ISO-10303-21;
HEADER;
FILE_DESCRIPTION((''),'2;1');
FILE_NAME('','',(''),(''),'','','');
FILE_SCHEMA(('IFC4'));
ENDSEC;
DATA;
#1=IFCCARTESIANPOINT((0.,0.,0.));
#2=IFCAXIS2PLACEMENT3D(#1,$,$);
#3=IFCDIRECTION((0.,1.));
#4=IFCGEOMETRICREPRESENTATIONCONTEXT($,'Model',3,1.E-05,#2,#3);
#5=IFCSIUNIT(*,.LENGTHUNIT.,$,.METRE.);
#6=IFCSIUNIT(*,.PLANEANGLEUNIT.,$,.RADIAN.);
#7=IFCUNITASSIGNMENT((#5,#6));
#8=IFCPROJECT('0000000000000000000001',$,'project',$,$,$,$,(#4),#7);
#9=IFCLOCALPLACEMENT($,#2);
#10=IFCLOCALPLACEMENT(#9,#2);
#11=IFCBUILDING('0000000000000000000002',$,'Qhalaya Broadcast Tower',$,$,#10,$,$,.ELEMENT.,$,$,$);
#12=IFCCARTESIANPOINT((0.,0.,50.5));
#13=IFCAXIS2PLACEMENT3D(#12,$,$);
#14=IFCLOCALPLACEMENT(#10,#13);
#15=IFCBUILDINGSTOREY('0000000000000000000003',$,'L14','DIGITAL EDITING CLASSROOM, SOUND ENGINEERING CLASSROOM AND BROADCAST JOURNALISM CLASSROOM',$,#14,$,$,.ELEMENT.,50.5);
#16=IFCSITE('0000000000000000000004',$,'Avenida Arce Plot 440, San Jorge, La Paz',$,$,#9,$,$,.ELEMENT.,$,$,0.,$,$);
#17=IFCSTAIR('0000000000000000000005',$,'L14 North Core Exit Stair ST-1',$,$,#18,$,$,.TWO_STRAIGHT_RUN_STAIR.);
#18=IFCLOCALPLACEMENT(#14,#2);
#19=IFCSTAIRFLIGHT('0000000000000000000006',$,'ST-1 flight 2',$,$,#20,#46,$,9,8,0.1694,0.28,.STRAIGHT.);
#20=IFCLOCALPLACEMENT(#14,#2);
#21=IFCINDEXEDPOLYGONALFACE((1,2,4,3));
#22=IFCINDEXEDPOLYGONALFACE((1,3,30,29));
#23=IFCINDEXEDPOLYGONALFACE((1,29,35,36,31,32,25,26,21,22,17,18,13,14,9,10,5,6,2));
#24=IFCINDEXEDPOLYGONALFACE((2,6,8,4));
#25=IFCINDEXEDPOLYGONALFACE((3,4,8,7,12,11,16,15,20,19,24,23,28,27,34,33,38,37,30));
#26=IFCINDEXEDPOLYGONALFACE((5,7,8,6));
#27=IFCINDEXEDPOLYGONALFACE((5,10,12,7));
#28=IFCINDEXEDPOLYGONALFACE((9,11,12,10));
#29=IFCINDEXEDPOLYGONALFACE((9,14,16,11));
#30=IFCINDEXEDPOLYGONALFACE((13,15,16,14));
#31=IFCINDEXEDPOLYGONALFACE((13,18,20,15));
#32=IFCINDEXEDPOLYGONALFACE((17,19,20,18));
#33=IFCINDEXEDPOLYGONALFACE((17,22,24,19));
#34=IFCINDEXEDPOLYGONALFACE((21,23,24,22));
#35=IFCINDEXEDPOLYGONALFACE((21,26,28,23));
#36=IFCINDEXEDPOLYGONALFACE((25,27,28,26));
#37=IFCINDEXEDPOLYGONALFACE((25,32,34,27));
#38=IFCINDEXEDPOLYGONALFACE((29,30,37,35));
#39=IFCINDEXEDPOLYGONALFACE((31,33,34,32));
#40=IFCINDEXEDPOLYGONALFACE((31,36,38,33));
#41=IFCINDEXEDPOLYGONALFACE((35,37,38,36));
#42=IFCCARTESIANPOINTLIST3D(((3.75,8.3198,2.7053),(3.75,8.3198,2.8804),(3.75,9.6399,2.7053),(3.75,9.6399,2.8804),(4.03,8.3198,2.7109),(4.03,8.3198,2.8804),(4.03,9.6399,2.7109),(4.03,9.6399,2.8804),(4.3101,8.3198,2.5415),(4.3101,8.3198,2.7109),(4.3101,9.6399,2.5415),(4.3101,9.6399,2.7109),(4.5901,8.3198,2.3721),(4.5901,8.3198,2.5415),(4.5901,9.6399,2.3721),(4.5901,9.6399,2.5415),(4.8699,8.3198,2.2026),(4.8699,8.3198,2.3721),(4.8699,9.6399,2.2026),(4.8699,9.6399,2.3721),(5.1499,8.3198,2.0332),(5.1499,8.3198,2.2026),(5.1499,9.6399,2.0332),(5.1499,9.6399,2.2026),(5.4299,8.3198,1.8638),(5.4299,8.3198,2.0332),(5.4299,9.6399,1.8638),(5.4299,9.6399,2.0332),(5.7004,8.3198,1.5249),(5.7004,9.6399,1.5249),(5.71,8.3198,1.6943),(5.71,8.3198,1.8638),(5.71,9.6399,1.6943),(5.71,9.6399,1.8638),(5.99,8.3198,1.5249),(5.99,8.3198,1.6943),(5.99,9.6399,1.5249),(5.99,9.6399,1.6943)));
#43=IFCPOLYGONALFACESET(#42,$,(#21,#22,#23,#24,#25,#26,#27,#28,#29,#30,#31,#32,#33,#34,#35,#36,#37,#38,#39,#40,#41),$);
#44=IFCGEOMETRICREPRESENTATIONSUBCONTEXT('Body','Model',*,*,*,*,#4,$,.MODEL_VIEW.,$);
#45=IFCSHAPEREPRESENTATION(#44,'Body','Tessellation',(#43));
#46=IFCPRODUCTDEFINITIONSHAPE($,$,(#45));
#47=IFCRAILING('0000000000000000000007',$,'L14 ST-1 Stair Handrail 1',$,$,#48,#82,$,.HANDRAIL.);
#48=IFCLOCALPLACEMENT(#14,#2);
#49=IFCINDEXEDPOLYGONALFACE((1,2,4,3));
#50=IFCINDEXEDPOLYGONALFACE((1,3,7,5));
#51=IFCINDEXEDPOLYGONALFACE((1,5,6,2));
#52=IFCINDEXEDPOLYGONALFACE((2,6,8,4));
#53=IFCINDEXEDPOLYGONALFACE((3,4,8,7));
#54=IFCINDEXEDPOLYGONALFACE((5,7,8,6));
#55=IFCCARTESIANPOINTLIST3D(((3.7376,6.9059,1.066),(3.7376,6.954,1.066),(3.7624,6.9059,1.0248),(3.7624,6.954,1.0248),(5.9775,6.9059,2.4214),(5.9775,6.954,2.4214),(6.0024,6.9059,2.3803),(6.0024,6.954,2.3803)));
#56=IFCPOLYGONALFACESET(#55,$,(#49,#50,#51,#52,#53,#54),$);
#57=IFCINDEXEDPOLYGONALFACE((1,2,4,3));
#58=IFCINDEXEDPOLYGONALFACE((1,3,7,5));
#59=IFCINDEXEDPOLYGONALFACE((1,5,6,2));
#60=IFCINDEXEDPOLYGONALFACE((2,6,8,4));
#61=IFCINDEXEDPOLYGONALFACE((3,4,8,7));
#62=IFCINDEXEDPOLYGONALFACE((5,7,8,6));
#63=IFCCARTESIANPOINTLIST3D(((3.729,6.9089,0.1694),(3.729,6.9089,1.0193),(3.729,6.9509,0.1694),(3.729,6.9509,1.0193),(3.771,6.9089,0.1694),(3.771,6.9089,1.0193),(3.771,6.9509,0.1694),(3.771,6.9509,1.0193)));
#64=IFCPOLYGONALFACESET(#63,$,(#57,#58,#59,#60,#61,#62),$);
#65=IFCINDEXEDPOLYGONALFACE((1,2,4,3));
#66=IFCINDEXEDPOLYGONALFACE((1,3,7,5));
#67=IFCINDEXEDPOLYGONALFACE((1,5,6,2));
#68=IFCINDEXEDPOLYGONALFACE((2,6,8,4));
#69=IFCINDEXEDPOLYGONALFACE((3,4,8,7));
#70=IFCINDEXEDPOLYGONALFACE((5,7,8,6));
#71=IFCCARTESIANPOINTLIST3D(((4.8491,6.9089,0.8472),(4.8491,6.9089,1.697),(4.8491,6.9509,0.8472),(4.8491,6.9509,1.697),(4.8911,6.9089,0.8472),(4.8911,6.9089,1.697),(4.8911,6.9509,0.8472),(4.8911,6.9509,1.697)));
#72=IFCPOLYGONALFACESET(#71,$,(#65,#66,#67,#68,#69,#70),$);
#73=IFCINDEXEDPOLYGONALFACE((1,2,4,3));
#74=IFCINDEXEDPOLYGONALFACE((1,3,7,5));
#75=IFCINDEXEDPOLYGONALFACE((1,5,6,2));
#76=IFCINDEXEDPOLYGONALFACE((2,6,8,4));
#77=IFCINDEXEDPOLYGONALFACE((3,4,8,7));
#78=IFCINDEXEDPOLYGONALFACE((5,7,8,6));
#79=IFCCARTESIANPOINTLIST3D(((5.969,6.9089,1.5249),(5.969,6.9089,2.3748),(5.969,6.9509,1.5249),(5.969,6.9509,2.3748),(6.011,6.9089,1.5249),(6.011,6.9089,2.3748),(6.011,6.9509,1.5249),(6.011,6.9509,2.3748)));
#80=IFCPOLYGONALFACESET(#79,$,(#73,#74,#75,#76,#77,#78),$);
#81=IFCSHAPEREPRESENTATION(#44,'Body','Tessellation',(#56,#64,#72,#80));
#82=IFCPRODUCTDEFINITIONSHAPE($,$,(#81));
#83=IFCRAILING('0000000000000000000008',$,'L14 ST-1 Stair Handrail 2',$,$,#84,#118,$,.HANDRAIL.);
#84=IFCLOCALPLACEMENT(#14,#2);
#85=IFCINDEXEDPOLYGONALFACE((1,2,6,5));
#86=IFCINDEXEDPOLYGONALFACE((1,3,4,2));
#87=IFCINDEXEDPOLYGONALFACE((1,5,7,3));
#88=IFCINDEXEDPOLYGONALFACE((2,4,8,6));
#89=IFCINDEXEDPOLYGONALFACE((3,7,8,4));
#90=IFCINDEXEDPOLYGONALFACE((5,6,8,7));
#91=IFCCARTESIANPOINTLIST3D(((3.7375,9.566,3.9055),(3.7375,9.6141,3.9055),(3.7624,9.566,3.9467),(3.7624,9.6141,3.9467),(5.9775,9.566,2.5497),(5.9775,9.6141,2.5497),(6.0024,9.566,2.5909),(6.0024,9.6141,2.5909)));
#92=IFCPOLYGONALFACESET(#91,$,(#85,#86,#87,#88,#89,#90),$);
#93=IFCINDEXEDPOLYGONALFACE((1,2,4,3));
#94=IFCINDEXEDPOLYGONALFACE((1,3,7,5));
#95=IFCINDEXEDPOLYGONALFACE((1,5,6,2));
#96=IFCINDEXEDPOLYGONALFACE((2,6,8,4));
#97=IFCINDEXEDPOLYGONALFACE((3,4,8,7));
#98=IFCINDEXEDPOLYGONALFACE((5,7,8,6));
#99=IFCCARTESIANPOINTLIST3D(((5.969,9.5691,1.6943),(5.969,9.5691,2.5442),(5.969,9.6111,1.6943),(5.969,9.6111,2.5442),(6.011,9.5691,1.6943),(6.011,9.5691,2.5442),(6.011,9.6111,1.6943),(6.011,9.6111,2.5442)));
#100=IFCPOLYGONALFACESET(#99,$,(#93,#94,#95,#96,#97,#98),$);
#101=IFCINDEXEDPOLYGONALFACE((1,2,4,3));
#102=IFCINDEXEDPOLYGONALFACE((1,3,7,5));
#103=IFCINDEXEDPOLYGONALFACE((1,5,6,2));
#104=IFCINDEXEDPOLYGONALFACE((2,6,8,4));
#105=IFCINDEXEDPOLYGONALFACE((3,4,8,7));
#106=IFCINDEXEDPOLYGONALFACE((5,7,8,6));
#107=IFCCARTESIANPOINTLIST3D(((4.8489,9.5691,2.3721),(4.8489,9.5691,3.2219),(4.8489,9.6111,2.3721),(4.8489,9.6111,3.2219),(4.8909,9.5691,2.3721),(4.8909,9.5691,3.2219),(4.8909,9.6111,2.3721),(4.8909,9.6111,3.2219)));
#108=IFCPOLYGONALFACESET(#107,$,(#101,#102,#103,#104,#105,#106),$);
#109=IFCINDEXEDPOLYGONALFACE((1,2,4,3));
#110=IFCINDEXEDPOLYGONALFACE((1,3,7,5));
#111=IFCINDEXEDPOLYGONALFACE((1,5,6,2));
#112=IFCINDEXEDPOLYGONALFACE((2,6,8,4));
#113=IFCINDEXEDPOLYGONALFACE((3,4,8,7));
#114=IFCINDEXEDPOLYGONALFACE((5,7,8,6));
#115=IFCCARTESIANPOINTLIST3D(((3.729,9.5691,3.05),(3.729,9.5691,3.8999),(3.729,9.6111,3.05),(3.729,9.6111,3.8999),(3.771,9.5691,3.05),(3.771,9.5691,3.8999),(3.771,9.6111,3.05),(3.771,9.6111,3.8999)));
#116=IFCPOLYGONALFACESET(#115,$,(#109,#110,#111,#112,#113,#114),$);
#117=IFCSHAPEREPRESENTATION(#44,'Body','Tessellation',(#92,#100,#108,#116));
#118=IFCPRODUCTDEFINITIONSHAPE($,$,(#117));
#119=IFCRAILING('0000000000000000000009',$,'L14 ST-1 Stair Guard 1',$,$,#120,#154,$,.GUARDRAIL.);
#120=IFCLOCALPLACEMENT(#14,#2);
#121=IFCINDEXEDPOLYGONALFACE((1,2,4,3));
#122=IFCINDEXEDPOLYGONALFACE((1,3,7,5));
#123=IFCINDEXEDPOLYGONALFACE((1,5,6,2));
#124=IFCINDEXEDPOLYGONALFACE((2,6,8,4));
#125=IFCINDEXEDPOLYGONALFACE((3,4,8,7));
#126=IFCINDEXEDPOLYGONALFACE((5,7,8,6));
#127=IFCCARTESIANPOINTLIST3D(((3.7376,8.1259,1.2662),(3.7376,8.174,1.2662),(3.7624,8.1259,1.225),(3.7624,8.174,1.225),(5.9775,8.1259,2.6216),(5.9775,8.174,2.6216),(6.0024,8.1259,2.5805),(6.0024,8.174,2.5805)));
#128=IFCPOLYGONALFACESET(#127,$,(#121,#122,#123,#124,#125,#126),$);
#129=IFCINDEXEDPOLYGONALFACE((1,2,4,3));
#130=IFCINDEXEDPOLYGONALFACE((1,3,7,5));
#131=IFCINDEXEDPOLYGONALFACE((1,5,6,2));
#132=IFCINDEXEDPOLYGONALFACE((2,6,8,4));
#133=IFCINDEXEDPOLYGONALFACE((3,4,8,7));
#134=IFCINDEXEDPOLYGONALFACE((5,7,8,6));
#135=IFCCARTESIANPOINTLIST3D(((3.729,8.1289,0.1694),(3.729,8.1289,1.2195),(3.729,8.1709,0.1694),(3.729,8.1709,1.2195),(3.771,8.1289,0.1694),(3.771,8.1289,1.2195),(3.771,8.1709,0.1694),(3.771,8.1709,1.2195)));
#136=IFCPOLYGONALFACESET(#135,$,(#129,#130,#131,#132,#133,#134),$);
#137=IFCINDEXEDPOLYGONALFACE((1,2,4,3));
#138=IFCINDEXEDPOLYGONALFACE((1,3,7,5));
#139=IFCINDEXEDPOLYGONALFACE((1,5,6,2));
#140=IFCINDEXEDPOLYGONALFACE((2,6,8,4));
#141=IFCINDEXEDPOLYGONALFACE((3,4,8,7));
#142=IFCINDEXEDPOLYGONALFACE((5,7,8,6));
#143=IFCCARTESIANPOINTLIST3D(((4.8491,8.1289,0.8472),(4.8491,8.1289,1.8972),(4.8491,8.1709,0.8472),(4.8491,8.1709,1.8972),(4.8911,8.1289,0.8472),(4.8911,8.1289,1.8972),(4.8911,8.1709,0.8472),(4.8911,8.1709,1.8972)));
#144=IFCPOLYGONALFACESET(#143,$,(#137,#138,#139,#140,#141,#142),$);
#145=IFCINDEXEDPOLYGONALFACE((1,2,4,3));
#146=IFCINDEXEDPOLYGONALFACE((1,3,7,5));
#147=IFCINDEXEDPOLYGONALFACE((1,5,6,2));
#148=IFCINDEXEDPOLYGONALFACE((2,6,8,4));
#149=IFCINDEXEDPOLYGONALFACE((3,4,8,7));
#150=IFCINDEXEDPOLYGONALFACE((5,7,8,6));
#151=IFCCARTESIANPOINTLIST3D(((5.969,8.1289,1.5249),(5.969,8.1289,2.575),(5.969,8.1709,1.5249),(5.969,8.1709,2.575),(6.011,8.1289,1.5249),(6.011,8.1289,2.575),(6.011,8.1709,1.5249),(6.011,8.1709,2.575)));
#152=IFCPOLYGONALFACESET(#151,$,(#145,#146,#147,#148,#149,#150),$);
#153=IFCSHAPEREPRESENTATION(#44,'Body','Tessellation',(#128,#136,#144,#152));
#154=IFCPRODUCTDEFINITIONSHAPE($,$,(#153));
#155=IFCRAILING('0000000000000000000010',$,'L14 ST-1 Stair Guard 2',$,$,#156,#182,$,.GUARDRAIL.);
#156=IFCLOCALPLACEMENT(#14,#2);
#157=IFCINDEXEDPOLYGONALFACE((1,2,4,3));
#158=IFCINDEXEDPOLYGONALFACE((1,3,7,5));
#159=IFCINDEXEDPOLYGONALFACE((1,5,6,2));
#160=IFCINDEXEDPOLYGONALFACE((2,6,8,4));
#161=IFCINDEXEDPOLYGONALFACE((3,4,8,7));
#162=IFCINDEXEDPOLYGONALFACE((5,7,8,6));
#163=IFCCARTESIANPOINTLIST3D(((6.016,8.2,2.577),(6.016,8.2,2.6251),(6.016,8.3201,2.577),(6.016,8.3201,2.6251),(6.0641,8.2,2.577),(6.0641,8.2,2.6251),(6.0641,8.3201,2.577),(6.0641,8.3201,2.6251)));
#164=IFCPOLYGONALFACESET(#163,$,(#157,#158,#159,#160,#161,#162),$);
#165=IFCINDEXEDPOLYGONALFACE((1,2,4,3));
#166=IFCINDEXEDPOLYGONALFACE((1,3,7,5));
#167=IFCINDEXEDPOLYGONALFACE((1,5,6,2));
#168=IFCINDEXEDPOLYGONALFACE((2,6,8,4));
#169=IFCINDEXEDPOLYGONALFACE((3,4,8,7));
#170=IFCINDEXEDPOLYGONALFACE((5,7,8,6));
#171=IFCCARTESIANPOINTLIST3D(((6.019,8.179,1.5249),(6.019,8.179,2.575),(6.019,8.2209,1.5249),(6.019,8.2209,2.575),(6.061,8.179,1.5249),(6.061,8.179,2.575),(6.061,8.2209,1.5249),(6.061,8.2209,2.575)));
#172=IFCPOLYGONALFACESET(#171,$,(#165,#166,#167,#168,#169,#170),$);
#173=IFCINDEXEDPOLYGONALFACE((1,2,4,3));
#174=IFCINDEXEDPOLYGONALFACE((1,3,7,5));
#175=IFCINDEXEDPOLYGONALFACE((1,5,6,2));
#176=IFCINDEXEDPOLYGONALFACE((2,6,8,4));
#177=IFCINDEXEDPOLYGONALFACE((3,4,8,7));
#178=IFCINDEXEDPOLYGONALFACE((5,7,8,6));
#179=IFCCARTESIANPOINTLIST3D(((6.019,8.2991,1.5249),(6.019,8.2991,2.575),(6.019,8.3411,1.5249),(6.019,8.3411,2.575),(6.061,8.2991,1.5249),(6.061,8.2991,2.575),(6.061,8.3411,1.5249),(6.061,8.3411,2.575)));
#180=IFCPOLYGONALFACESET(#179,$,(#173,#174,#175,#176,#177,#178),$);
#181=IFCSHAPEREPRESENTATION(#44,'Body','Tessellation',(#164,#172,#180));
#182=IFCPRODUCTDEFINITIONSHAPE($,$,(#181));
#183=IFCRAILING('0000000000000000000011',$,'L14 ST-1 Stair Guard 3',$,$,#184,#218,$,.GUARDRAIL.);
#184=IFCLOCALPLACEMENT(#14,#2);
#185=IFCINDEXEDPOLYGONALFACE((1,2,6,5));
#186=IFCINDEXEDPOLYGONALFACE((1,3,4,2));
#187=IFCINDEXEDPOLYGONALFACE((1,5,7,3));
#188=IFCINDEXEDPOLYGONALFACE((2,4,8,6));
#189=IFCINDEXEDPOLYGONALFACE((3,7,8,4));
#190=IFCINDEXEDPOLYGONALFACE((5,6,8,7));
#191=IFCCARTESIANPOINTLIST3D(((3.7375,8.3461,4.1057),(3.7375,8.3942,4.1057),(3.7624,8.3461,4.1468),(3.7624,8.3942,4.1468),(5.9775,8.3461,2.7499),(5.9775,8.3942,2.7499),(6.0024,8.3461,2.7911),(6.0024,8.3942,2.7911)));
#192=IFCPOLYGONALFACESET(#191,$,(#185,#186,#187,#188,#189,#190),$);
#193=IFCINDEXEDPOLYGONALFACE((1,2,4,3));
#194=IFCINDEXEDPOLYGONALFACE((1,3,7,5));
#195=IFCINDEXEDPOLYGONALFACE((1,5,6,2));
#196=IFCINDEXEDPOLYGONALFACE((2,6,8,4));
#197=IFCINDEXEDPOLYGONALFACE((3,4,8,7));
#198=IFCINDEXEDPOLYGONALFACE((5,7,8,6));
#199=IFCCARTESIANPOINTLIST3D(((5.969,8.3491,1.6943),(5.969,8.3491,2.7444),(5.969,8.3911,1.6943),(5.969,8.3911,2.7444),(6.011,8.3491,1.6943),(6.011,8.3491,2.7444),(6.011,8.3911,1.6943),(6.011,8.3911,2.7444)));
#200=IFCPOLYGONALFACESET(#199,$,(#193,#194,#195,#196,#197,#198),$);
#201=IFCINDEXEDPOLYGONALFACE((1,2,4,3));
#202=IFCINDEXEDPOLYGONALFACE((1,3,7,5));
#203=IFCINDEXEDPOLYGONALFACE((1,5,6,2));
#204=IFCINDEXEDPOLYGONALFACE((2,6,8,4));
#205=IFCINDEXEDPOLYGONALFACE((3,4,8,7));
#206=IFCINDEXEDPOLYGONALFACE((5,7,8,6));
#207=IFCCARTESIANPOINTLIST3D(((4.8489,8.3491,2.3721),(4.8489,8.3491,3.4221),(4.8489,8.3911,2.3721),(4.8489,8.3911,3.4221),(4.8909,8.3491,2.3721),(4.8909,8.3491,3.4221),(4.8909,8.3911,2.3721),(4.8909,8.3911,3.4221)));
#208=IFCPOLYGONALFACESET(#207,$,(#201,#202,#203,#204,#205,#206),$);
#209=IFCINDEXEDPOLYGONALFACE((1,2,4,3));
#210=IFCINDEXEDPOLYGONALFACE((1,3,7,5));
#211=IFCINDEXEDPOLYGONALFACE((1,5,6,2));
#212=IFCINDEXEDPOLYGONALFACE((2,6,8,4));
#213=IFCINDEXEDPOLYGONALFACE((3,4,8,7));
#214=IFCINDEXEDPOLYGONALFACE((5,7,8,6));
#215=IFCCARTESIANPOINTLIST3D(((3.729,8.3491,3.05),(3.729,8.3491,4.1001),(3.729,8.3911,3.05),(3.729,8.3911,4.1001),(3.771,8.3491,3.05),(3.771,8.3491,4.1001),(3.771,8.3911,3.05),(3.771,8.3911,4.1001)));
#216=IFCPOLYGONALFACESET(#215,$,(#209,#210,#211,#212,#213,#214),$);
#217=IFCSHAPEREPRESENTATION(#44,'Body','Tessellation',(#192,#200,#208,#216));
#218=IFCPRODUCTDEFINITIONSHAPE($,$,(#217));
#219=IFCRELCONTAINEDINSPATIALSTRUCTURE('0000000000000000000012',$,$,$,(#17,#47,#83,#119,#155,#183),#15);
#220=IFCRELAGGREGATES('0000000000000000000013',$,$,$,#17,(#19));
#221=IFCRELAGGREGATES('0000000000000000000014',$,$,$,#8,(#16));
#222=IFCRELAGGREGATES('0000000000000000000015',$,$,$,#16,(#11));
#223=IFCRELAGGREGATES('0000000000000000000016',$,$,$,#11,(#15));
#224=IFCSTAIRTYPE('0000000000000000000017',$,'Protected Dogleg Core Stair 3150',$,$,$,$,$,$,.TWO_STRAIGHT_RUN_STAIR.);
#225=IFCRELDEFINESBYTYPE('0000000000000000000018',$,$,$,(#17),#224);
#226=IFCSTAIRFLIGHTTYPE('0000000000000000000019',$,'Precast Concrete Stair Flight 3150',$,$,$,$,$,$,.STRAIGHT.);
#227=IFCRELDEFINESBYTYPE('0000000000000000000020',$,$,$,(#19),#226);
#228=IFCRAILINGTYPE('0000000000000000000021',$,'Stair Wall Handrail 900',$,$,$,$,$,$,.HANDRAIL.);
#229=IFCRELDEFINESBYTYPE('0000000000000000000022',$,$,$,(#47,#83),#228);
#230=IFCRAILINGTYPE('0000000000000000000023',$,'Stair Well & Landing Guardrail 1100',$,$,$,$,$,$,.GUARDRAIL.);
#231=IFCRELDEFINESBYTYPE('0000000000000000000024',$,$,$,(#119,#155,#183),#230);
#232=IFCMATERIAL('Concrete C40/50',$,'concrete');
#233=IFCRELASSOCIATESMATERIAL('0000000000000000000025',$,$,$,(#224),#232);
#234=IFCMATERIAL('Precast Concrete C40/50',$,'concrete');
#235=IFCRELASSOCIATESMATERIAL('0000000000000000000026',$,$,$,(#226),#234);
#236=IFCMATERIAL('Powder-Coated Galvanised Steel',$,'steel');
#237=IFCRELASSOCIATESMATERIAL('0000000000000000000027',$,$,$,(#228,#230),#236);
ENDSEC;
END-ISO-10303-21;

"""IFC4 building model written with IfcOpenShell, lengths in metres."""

from ifc_helpers import new_model, si_unit, direction, frame, origin, origin_2d, place, context, subcontext, project, spatial, polyline, rectangle, outline, extrude, material, type_object, element, aggregate, save


model = new_model("IFC4")

# Units and contexts
model_context = context("Model", 3, precision=1e-05, world=origin(), true_north=direction((0.0, 1.0)))
body_context = subcontext(model_context, "Body", "Model", "MODEL_VIEW")
ifc_project = project(units=[si_unit("LENGTHUNIT", "METRE"), si_unit("PLANEANGLEUNIT", "RADIAN")], contexts=[model_context])

# Site, building, storey
site_placement = place(None, origin())
site = spatial("IfcSite", under=ifc_project, at=site_placement, Name="Avenida Arce Plot 440, San Jorge, La Paz", CompositionType="ELEMENT", RefElevation=0.0)
building_placement = place(site_placement, origin())
building = spatial("IfcBuilding", under=site, at=building_placement, Name="Qhalaya Broadcast Tower", CompositionType="ELEMENT")
storey_placement = place(building_placement, frame((0.0, 0.0, 50.5)))
storey = spatial("IfcBuildingStorey", under=building, at=storey_placement, Name="L14", Description="DIGITAL EDITING CLASSROOM, SOUND ENGINEERING CLASSROOM AND BROADCAST JOURNALISM CLASSROOM", CompositionType="ELEMENT", Elevation=50.5)

# Stair, stair flight
ifc_material_1 = material(Name="Concrete C40/50", Category="concrete")
stair_type = type_object("IfcStairType", Name="Protected Dogleg Core Stair 3150", PredefinedType="TWO_STRAIGHT_RUN_STAIR", material=ifc_material_1)
stair_placement = place(storey_placement, origin())
stair = element("IfcStair", 1, at=stair_placement, inside=storey, type_object=stair_type, Name="L14 North Core Exit Stair ST-1", PredefinedType="TWO_STRAIGHT_RUN_STAIR")
ifc_material_2 = material(Name="Precast Concrete C40/50", Category="concrete")
stair_flight_type = type_object("IfcStairFlightType", Name="Precast Concrete Stair Flight 3150", PredefinedType="STRAIGHT", material=ifc_material_2)
stair_flight_1_placement = place(storey_placement, frame((5.99, 8.98, 1.5249), z_axis=(0.0, 0.0, 1.0), x_axis=(-1.0, 0.0, 0.0)))
stair_flight_1 = element("IfcStairFlight", 2, at=stair_flight_1_placement, type_object=stair_flight_type, Name="ST-1 flight 2", NumberOfRisers=9, NumberOfTreads=8, PredefinedType="STRAIGHT", RiserHeight=0.1694, TreadLength=0.28, context=body_context, shape_type="SweptSolid", body=[
    extrude(outline(polyline([(0.0, 0.0), (0.0, 0.1694), (0.28, 0.1694), (0.28, 0.3389), (0.5601, 0.3389), (0.5601, 0.5083), (0.8401, 0.5083), (0.8401, 0.6777), (1.1201, 0.6777), (1.1201, 0.8472), (1.3999, 0.8472), (1.3999, 1.0166), (1.6799, 1.0166), (1.6799, 1.186), (1.96, 1.186), (1.96, 1.3555), (2.24, 1.3555), (2.24, 1.5249), (2.24, 1.1804), (0.2896, 0.0), (0.0, 0.0)])), frame((0.0, 0.6602, 0.0), z_axis=(0.0, -1.0, 0.0), x_axis=(1.0, 0.0, 0.0)), (0.0, 0.0, 1.0), 1.3201),
])
aggregate(stair, [stair_flight_1])

# Railings
ifc_material_3 = material(Name="Powder-Coated Galvanised Steel", Category="steel")
railing_type_1 = type_object("IfcRailingType", Name="Stair Wall Handrail 900", PredefinedType="HANDRAIL", material=ifc_material_3)
railing_1_placement = place(storey_placement, frame((3.75, 6.9299, 0.1694)))
element("IfcRailing", 3, at=railing_1_placement, inside=storey, type_object=railing_type_1, Name="L14 ST-1 Stair Handrail 1", PredefinedType="HANDRAIL", context=body_context, shape_type="SweptSolid", body=[
    extrude(rectangle(XDim=0.0481, YDim=0.0481, at=origin_2d()), frame((0.0, 0.0, 0.876), z_axis=(0.855553, 0.0, 0.517715), x_axis=(0.0, 1.0, 0.0)), (0.0, 0.0, 1.0), 2.6182),
    extrude(rectangle(XDim=0.042, YDim=0.042, at=origin_2d()), origin(), (0.0, 0.0, 1.0), 0.8499),
    extrude(rectangle(XDim=0.042, YDim=0.042, at=origin_2d()), frame((1.1201, 0.0, 0.6777)), (0.0, 0.0, 1.0), 0.8499),
    extrude(rectangle(XDim=0.042, YDim=0.042, at=origin_2d()), frame((2.24, 0.0, 1.3555)), (0.0, 0.0, 1.0), 0.8499),
])
railing_2_placement = place(storey_placement, frame((5.99, 9.5901, 1.6943)))
element("IfcRailing", 4, at=railing_2_placement, inside=storey, type_object=railing_type_1, Name="L14 ST-1 Stair Handrail 2", PredefinedType="HANDRAIL", context=body_context, shape_type="SweptSolid", body=[
    extrude(rectangle(XDim=0.0481, YDim=0.0481, at=origin_2d()), frame((0.0, 0.0, 0.876), z_axis=(-0.855512, 0.0, 0.517783), x_axis=(0.0, -1.0, 0.0)), (0.0, 0.0, 1.0), 2.6184),
    extrude(rectangle(XDim=0.042, YDim=0.042, at=origin_2d()), origin(), (0.0, 0.0, 1.0), 0.8499),
    extrude(rectangle(XDim=0.042, YDim=0.042, at=origin_2d()), frame((-1.1201, 0.0, 0.6777)), (0.0, 0.0, 1.0), 0.8499),
    extrude(rectangle(XDim=0.042, YDim=0.042, at=origin_2d()), frame((-2.24, 0.0, 1.3557)), (0.0, 0.0, 1.0), 0.8499),
])
railing_type_2 = type_object("IfcRailingType", Name="Stair Well & Landing Guardrail 1100", PredefinedType="GUARDRAIL", material=ifc_material_3)
railing_3_placement = place(storey_placement, frame((3.75, 8.1499, 0.1694)))
element("IfcRailing", 5, at=railing_3_placement, inside=storey, type_object=railing_type_2, Name="L14 ST-1 Stair Guard 1", PredefinedType="GUARDRAIL", context=body_context, shape_type="SweptSolid", body=[
    extrude(rectangle(XDim=0.0481, YDim=0.0481, at=origin_2d()), frame((0.0, 0.0, 1.0762), z_axis=(0.855553, 0.0, 0.517715), x_axis=(0.0, 1.0, 0.0)), (0.0, 0.0, 1.0), 2.6182),
    extrude(rectangle(XDim=0.042, YDim=0.042, at=origin_2d()), origin(), (0.0, 0.0, 1.0), 1.05),
    extrude(rectangle(XDim=0.042, YDim=0.042, at=origin_2d()), frame((1.1201, 0.0, 0.6777)), (0.0, 0.0, 1.0), 1.05),
    extrude(rectangle(XDim=0.042, YDim=0.042, at=origin_2d()), frame((2.24, 0.0, 1.3555)), (0.0, 0.0, 1.0), 1.05),
])
railing_4_placement = place(storey_placement, frame((6.04, 8.2, 1.5249)))
element("IfcRailing", 6, at=railing_4_placement, inside=storey, type_object=railing_type_2, Name="L14 ST-1 Stair Guard 2", PredefinedType="GUARDRAIL", context=body_context, shape_type="SweptSolid", body=[
    extrude(rectangle(XDim=0.0481, YDim=0.0481, at=origin_2d()), frame((0.0, 0.0, 1.0762), z_axis=(0.0, 1.0, 0.0), x_axis=(-1.0, 0.0, 0.0)), (0.0, 0.0, 1.0), 0.1201),
    extrude(rectangle(XDim=0.042, YDim=0.042, at=origin_2d()), origin(), (0.0, 0.0, 1.0), 1.05),
    extrude(rectangle(XDim=0.042, YDim=0.042, at=origin_2d()), frame((0.0, 0.1201, 0.0)), (0.0, 0.0, 1.0), 1.05),
])
railing_5_placement = place(storey_placement, frame((5.99, 8.3701, 1.6943)))
element("IfcRailing", 7, at=railing_5_placement, inside=storey, type_object=railing_type_2, Name="L14 ST-1 Stair Guard 3", PredefinedType="GUARDRAIL", context=body_context, shape_type="SweptSolid", body=[
    extrude(rectangle(XDim=0.0481, YDim=0.0481, at=origin_2d()), frame((0.0, 0.0, 1.0762), z_axis=(-0.855512, 0.0, 0.517783), x_axis=(0.0, -1.0, 0.0)), (0.0, 0.0, 1.0), 2.6184),
    extrude(rectangle(XDim=0.042, YDim=0.042, at=origin_2d()), origin(), (0.0, 0.0, 1.0), 1.05),
    extrude(rectangle(XDim=0.042, YDim=0.042, at=origin_2d()), frame((-1.1201, 0.0, 0.6777)), (0.0, 0.0, 1.0), 1.05),
    extrude(rectangle(XDim=0.042, YDim=0.042, at=origin_2d()), frame((-2.24, 0.0, 1.3557)), (0.0, 0.0, 1.0), 1.05),
])

save(model, "model.ifc")
